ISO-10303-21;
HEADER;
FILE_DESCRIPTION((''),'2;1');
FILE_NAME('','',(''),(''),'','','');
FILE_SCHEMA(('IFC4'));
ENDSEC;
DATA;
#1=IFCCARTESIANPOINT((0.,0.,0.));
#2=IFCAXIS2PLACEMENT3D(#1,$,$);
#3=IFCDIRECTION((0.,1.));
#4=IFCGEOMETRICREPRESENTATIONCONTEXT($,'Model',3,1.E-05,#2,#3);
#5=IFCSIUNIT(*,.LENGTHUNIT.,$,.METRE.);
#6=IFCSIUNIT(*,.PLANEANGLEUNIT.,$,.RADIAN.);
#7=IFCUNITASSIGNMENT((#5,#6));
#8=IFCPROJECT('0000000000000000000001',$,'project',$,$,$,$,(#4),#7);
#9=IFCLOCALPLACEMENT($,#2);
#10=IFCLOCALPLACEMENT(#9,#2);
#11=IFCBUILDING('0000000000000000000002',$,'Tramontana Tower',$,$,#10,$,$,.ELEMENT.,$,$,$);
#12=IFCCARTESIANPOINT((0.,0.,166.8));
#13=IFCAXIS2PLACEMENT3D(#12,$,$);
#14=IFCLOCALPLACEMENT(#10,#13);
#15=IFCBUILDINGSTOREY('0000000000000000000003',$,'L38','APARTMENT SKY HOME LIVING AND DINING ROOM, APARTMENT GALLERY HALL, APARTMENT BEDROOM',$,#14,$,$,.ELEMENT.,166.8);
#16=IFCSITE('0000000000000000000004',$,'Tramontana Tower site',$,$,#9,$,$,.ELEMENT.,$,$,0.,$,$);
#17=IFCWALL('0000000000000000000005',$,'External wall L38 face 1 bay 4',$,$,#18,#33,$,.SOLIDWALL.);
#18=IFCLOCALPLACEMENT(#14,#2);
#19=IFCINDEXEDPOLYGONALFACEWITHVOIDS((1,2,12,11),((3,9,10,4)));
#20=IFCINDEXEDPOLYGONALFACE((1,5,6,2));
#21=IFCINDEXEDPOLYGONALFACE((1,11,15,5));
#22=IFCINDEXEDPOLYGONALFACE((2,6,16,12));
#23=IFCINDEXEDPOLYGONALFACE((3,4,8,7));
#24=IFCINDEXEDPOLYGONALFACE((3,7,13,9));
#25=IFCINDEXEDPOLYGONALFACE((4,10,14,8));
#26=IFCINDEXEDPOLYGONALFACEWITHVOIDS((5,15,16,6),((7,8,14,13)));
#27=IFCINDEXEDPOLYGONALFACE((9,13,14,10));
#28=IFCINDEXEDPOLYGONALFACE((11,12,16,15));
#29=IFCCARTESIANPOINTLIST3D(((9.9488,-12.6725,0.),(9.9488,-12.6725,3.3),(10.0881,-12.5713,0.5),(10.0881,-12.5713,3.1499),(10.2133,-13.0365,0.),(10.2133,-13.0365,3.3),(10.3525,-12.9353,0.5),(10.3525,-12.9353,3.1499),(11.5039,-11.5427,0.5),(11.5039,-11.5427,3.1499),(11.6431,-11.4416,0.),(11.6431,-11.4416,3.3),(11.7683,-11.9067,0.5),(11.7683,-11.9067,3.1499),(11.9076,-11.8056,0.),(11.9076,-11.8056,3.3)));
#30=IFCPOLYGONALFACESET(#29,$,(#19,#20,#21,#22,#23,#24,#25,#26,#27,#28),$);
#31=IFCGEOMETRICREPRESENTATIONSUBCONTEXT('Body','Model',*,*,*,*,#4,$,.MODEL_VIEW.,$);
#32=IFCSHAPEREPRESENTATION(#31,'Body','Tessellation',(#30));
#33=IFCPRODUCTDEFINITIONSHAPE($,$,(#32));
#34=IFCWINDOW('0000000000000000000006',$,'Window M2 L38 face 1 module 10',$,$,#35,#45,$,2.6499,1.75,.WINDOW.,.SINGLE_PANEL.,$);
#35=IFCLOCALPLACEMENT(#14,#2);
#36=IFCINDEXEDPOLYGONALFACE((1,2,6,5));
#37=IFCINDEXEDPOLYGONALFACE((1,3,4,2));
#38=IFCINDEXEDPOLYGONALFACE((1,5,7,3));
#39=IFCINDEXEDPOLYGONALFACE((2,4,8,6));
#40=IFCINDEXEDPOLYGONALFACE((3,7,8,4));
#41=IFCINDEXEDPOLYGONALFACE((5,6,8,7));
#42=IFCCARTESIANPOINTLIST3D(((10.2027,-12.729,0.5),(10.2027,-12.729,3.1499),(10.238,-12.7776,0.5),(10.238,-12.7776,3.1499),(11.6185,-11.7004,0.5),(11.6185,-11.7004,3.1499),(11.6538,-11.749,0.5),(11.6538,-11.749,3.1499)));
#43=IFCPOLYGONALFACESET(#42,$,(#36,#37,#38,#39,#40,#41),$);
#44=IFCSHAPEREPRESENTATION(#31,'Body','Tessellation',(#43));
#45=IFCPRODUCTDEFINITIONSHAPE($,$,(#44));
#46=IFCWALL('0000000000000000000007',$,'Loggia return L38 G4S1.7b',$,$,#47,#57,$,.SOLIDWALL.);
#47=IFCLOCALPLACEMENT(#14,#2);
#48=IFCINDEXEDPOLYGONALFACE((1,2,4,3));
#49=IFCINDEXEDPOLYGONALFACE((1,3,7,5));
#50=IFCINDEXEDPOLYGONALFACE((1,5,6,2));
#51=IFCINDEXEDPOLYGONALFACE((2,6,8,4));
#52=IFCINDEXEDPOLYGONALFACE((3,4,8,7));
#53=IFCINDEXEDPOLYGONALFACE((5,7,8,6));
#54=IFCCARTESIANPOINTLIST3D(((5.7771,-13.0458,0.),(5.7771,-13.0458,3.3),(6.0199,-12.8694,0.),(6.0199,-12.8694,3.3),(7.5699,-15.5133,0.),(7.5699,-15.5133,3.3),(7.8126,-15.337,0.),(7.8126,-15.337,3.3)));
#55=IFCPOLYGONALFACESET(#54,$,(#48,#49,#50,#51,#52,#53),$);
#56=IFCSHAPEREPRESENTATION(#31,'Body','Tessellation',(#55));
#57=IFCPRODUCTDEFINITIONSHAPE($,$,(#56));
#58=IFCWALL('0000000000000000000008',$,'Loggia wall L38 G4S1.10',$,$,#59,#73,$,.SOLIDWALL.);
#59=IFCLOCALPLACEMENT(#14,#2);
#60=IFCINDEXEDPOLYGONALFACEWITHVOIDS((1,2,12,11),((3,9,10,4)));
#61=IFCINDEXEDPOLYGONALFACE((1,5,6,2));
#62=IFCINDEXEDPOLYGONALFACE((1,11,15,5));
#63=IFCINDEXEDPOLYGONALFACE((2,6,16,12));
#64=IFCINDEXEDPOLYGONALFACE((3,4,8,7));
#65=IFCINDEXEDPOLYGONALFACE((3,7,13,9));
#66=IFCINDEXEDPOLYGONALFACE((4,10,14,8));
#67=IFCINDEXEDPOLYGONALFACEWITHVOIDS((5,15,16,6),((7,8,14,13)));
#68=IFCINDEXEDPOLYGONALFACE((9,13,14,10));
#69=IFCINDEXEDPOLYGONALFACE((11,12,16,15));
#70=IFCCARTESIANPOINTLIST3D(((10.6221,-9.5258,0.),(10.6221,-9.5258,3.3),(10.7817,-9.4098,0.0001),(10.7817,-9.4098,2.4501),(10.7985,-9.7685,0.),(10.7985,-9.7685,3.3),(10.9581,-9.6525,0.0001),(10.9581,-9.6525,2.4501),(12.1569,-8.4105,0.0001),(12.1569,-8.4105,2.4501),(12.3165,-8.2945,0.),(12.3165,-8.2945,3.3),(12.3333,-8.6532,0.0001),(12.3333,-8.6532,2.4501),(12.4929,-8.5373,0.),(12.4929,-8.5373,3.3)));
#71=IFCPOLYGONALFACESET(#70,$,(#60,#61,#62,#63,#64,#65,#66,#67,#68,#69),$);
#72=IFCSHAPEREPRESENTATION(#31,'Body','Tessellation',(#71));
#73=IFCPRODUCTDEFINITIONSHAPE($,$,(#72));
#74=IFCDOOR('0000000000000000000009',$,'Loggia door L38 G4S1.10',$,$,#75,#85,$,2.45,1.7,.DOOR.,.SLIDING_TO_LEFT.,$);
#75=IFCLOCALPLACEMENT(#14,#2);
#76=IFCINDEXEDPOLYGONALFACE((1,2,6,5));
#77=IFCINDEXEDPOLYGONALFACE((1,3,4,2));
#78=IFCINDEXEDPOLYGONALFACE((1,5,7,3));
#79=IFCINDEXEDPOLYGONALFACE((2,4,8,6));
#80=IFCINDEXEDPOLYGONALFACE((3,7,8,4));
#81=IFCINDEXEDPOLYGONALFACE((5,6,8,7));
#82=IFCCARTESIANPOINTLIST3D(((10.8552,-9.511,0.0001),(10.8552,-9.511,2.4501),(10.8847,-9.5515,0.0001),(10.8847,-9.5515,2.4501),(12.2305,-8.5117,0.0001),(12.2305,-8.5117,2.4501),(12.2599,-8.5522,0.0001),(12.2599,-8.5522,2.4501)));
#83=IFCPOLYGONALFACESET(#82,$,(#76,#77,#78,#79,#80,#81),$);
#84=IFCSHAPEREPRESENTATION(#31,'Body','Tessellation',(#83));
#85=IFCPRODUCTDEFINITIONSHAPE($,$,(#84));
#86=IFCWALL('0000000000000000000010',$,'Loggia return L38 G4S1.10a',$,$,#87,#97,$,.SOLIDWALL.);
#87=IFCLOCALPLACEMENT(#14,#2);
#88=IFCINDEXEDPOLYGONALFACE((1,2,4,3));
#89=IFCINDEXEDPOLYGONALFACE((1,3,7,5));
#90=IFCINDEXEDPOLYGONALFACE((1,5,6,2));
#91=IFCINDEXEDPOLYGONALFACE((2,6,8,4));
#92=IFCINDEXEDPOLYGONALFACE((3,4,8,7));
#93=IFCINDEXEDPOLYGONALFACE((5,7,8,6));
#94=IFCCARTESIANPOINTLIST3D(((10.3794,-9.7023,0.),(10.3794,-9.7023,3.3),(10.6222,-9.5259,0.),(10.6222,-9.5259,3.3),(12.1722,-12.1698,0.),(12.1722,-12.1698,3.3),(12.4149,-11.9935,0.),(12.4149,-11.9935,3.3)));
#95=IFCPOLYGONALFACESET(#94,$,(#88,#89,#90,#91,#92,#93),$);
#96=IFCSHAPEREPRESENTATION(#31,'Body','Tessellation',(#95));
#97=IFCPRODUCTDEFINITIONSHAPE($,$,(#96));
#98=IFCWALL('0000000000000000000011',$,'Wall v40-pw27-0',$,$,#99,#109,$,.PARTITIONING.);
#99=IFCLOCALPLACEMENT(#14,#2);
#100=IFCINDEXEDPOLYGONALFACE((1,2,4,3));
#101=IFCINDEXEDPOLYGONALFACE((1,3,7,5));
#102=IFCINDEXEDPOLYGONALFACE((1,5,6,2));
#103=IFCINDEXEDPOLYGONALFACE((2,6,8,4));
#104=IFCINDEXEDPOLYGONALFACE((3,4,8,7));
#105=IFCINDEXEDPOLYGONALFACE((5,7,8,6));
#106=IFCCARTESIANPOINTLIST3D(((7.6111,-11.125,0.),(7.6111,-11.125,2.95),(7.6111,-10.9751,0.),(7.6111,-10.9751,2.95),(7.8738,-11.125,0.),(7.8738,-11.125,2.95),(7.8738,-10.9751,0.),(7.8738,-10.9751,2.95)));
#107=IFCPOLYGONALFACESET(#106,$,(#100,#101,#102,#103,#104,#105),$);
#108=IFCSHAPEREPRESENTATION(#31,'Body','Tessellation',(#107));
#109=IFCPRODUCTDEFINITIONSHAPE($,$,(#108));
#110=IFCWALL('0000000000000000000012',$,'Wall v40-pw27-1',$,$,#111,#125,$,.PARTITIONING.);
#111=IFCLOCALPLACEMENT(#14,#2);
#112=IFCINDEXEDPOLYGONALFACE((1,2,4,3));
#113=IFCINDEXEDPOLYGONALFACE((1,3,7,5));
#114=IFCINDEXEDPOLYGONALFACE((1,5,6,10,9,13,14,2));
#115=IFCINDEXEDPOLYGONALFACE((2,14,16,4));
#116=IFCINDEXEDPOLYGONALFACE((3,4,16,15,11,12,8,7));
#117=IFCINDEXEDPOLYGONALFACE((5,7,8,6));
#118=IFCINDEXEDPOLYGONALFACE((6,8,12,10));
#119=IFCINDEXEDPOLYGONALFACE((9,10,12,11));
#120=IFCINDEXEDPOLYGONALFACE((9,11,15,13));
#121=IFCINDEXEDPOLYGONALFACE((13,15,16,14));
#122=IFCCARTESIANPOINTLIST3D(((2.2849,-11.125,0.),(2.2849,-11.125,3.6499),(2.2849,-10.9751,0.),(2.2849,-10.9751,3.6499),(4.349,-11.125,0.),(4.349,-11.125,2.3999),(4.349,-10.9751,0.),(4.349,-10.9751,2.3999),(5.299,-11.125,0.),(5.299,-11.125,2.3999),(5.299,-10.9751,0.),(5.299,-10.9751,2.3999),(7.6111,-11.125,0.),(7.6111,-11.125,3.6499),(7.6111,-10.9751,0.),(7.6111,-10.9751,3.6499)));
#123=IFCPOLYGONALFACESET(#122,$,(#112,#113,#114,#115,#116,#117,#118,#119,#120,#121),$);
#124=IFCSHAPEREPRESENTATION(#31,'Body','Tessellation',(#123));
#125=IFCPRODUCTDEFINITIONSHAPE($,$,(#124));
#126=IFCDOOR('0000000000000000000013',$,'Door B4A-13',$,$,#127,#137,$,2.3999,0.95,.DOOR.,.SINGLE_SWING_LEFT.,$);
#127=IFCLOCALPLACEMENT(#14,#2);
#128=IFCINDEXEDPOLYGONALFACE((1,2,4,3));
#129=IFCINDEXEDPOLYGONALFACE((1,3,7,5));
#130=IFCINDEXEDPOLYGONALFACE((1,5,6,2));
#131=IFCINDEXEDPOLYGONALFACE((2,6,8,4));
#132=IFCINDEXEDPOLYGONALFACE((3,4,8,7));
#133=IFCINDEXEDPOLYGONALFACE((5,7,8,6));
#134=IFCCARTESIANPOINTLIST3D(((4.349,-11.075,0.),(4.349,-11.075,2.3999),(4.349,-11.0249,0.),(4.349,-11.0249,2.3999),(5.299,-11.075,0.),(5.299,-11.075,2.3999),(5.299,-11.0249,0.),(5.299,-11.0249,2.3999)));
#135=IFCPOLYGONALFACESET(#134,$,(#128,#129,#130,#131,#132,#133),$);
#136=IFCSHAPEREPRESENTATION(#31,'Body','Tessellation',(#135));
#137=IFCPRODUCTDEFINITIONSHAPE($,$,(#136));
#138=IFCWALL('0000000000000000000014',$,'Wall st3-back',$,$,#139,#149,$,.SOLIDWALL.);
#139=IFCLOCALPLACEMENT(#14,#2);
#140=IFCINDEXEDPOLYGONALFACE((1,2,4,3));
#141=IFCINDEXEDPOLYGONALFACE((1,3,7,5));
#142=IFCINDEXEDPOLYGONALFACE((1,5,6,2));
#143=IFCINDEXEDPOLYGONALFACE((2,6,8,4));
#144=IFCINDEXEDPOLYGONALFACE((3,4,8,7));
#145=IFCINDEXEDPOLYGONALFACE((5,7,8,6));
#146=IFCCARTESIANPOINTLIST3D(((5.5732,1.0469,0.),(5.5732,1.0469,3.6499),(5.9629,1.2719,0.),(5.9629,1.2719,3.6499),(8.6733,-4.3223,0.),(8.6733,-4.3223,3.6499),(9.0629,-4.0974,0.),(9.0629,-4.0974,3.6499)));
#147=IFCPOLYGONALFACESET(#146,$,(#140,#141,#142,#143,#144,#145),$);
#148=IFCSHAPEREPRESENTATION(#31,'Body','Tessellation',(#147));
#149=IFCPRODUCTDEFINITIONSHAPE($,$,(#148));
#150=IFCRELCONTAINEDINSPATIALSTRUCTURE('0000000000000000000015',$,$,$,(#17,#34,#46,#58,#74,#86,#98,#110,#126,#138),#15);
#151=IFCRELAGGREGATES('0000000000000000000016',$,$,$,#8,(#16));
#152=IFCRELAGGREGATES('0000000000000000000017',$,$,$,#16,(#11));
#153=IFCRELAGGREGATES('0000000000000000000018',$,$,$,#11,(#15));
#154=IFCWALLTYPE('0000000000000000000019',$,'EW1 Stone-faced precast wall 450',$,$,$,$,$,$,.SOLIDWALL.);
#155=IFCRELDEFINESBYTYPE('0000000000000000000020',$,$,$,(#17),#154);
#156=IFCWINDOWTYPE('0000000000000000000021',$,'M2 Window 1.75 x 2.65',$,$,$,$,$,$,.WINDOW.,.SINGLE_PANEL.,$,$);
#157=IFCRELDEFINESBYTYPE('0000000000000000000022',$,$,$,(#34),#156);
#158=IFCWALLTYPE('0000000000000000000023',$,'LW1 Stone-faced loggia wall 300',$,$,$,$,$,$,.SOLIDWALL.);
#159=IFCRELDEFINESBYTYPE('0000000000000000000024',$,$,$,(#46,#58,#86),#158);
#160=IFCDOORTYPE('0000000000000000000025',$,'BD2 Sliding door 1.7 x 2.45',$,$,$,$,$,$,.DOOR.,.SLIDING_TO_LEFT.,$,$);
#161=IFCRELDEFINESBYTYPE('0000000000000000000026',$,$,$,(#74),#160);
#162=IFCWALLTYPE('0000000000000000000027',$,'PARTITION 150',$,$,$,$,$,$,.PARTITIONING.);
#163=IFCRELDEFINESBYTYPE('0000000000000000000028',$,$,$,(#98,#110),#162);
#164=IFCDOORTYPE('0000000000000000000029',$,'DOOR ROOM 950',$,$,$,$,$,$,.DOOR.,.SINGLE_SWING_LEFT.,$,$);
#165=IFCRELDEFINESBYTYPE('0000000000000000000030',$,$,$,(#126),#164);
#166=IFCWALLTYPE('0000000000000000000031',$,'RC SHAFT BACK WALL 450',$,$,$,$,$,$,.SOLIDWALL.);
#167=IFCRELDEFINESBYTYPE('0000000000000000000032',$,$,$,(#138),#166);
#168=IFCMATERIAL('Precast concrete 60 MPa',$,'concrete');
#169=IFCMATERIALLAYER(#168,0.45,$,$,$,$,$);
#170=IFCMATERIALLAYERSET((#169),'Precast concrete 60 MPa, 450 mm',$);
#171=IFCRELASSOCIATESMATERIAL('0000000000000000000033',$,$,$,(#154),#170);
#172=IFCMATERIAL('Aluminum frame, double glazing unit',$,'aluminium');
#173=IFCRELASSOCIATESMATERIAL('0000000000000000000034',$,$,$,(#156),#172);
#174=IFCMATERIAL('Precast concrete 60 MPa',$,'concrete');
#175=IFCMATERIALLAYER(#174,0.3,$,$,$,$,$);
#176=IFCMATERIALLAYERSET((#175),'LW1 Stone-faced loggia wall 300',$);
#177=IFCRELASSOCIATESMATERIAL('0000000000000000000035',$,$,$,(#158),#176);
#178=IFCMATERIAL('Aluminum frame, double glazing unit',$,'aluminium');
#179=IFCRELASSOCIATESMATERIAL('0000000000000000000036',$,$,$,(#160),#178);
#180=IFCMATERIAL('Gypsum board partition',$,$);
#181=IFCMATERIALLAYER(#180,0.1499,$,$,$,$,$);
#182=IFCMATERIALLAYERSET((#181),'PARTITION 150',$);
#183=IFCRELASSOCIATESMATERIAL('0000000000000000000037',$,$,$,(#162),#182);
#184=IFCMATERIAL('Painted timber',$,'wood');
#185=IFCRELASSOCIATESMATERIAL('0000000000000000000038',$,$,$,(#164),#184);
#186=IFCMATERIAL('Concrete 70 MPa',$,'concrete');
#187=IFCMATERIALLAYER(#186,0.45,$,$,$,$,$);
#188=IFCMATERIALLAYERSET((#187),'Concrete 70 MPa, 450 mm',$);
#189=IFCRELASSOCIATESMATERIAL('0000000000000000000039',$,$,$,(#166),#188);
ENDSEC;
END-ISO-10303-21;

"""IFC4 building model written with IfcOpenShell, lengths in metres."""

from ifc_helpers import new_model, si_unit, direction, frame, frame_2d, origin, place, context, subcontext, project, spatial, rectangle, extrude, material, layer, layer_set, type_object, element, fill, save


model = new_model("IFC4")

# Units and contexts
model_context = context("Model", 3, precision=1e-05, world=origin(), true_north=direction((0.0, 1.0)))
body_context = subcontext(model_context, "Body", "Model", "MODEL_VIEW")
ifc_project = project(units=[si_unit("LENGTHUNIT", "METRE"), si_unit("PLANEANGLEUNIT", "RADIAN")], contexts=[model_context])

# Site, building, storey
site_placement = place(None, origin())
site = spatial("IfcSite", under=ifc_project, at=site_placement, Name="Tramontana Tower site", CompositionType="ELEMENT", RefElevation=0.0)
building_placement = place(site_placement, origin())
building = spatial("IfcBuilding", under=site, at=building_placement, Name="Tramontana Tower", CompositionType="ELEMENT")
storey_placement = place(building_placement, frame((0.0, 0.0, 166.8)))
storey = spatial("IfcBuildingStorey", under=building, at=storey_placement, Name="L38", Description="APARTMENT SKY HOME LIVING AND DINING ROOM, APARTMENT GALLERY HALL, APARTMENT BEDROOM", CompositionType="ELEMENT", Elevation=166.8)

# Wall, opening, window
ifc_material_1 = material(Name="Precast concrete 60 MPa", Category="concrete")
ifc_layer_1 = layer(ifc_material_1, 0.45)
ifc_layer_set_1 = layer_set([ifc_layer_1], Name="Precast concrete 60 MPa, 450 mm")
wall_type_1 = type_object("IfcWallType", Name="EW1 Stone-faced precast wall 450", PredefinedType="SOLIDWALL", material=ifc_layer_set_1)
wall_1_placement = place(storey_placement, frame((10.0811, -12.8545, 0.0), z_axis=(0.0, 0.0, 1.0), x_axis=(0.809028, 0.58777, 0.0)))
wall_1 = element("IfcWall", 1, at=wall_1_placement, inside=storey, type_object=wall_type_1, Name="External wall L38 face 1 bay 4", PredefinedType="SOLIDWALL", context=body_context, shape_type="SweptSolid", body=[
    extrude(rectangle(XDim=2.0942, YDim=0.45, at=frame_2d((1.0471, 0.0))), origin(), (0.0, 0.0, 1.0), 3.3),
])
opening_1_placement = place(wall_1_placement, frame((0.1721, 0.0, 0.5)))
opening_1 = element("IfcOpeningElement", 2, at=opening_1_placement, cuts=wall_1, PredefinedType="OPENING", context=body_context, shape_type="SweptSolid", body=[
    extrude(rectangle(XDim=1.75, YDim=2.6499, at=frame_2d((0.875, 1.325))), frame((0.0, 0.2349, 0.0), z_axis=(0.0, -1.0, 0.0), x_axis=(1.0, 0.0, 0.0)), (0.0, 0.0, 1.0), 0.47),
])
ifc_material_2 = material(Name="Aluminum frame, double glazing unit", Category="aluminium")
window_type = type_object("IfcWindowType", Name="M2 Window 1.75 x 2.65", PartitioningType="SINGLE_PANEL", PredefinedType="WINDOW", material=ifc_material_2)
window_placement = place(opening_1_placement, origin())
window = element("IfcWindow", 3, at=window_placement, inside=storey, type_object=window_type, Name="Window M2 L38 face 1 module 10", OverallHeight=2.6499, OverallWidth=1.75, PartitioningType="SINGLE_PANEL", PredefinedType="WINDOW", context=body_context, shape_type="SweptSolid", body=[
    extrude(rectangle(XDim=1.75, YDim=2.6499, at=frame_2d((0.875, 1.325))), frame((0.0, 0.03, 0.0), z_axis=(0.0, -1.0, 0.0), x_axis=(1.0, 0.0, 0.0)), (0.0, 0.0, 1.0), 0.0601),
])
fill(opening_1, window)

# Wall
ifc_material_3 = material(Name="Precast concrete 60 MPa", Category="concrete")
ifc_layer_2 = layer(ifc_material_3, 0.3)
ifc_layer_set_2 = layer_set([ifc_layer_2], Name="LW1 Stone-faced loggia wall 300")
wall_type_2 = type_object("IfcWallType", Name="LW1 Stone-faced loggia wall 300", PredefinedType="SOLIDWALL", material=ifc_layer_set_2)
wall_2_placement = place(storey_placement, frame((7.6912, -15.425, 0.0), z_axis=(0.0, 0.0, 1.0), x_axis=(-0.587777, 0.809023, 0.0)))
element("IfcWall", 4, at=wall_2_placement, inside=storey, type_object=wall_type_2, Name="Loggia return L38 G4S1.7b", PredefinedType="SOLIDWALL", context=body_context, shape_type="SweptSolid", body=[
    extrude(rectangle(XDim=3.05, YDim=0.3, at=frame_2d((1.5249, 0.0))), origin(), (0.0, 0.0, 1.0), 3.3),
])

# Wall, opening, door
wall_3_placement = place(storey_placement, frame((10.7102, -9.6472, 0.0), z_axis=(0.0, 0.0, 1.0), x_axis=(0.808973, 0.587846, 0.0)))
wall_3 = element("IfcWall", 5, at=wall_3_placement, inside=storey, type_object=wall_type_2, Name="Loggia wall L38 G4S1.10", PredefinedType="SOLIDWALL", context=body_context, shape_type="SweptSolid", body=[
    extrude(rectangle(XDim=2.0945, YDim=0.3, at=frame_2d((1.0474, 0.0))), origin(), (0.0, 0.0, 1.0), 3.3),
])
opening_2_placement = place(wall_3_placement, frame((0.1973, 0.0, 0.0)))
opening_2 = element("IfcOpeningElement", 6, at=opening_2_placement, cuts=wall_3, PredefinedType="OPENING", context=body_context, shape_type="SweptSolid", body=[
    extrude(rectangle(XDim=1.7, YDim=2.45, at=frame_2d((0.8501, 1.2251))), frame((0.0, 0.1599, 0.0), z_axis=(0.0, -1.0, 0.0), x_axis=(1.0, 0.0, 0.0)), (0.0, 0.0, 1.0), 0.3201),
])
ifc_material_4 = material(Name="Aluminum frame, double glazing unit", Category="aluminium")
door_type_1 = type_object("IfcDoorType", Name="BD2 Sliding door 1.7 x 2.45", OperationType="SLIDING_TO_LEFT", PredefinedType="DOOR", material=ifc_material_4)
door_1_placement = place(opening_2_placement, origin())
door_1 = element("IfcDoor", 7, at=door_1_placement, inside=storey, type_object=door_type_1, Name="Loggia door L38 G4S1.10", OperationType="SLIDING_TO_LEFT", OverallHeight=2.45, OverallWidth=1.7, PredefinedType="DOOR", context=body_context, shape_type="SweptSolid", body=[
    extrude(rectangle(XDim=1.7, YDim=2.45, at=frame_2d((0.8501, 1.2251))), frame((0.0, 0.0249, 0.0), z_axis=(0.0, -1.0, 0.0), x_axis=(1.0, 0.0, 0.0)), (0.0, 0.0, 1.0), 0.05),
])
fill(opening_2, door_1)

# Walls
wall_4_placement = place(storey_placement, frame((12.2935, -12.0815, 0.0), z_axis=(0.0, 0.0, 1.0), x_axis=(-0.587777, 0.809023, 0.0)))
element("IfcWall", 8, at=wall_4_placement, inside=storey, type_object=wall_type_2, Name="Loggia return L38 G4S1.10a", PredefinedType="SOLIDWALL", context=body_context, shape_type="SweptSolid", body=[
    extrude(rectangle(XDim=3.05, YDim=0.3, at=frame_2d((1.5249, 0.0))), origin(), (0.0, 0.0, 1.0), 3.3),
])
ifc_material_5 = material(Name="Gypsum board partition")
ifc_layer_3 = layer(ifc_material_5, 0.1499)
ifc_layer_set_3 = layer_set([ifc_layer_3], Name="PARTITION 150")
wall_type_3 = type_object("IfcWallType", Name="PARTITION 150", PredefinedType="PARTITIONING", material=ifc_layer_set_3)
wall_5_placement = place(storey_placement, frame((7.8738, -11.05, 0.0), z_axis=(0.0, 0.0, 1.0), x_axis=(-1.0, 0.0, 0.0)))
element("IfcWall", 9, at=wall_5_placement, inside=storey, type_object=wall_type_3, Name="Wall v40-pw27-0", PredefinedType="PARTITIONING", context=body_context, shape_type="SweptSolid", body=[
    extrude(rectangle(XDim=0.2627, YDim=0.1499, at=frame_2d((0.1313, 0.0))), origin(), (0.0, 0.0, 1.0), 2.95),
])

# Wall, opening, door
wall_6_placement = place(storey_placement, frame((7.6111, -11.05, 0.0), z_axis=(0.0, 0.0, 1.0), x_axis=(-1.0, 0.0, 0.0)))
wall_6 = element("IfcWall", 10, at=wall_6_placement, inside=storey, type_object=wall_type_3, Name="Wall v40-pw27-1", PredefinedType="PARTITIONING", context=body_context, shape_type="SweptSolid", body=[
    extrude(rectangle(XDim=5.3262, YDim=0.1499, at=frame_2d((2.6631, 0.0))), origin(), (0.0, 0.0, 1.0), 3.6499),
])
opening_3_placement = place(wall_6_placement, frame((2.312, 0.0, 0.0)))
opening_3 = element("IfcOpeningElement", 11, at=opening_3_placement, cuts=wall_6, PredefinedType="OPENING", context=body_context, shape_type="SweptSolid", body=[
    extrude(rectangle(XDim=0.95, YDim=2.3999, at=frame_2d((0.4751, 1.2))), frame((0.0, 0.085, 0.0), z_axis=(0.0, -1.0, 0.0), x_axis=(1.0, 0.0, 0.0)), (0.0, 0.0, 1.0), 0.1699),
])
ifc_material_6 = material(Name="Painted timber", Category="wood")
door_type_2 = type_object("IfcDoorType", Name="DOOR ROOM 950", OperationType="SINGLE_SWING_LEFT", PredefinedType="DOOR", material=ifc_material_6)
door_2_placement = place(opening_3_placement, origin())
door_2 = element("IfcDoor", 12, at=door_2_placement, inside=storey, type_object=door_type_2, Name="Door B4A-13", OperationType="SINGLE_SWING_LEFT", OverallHeight=2.3999, OverallWidth=0.95, PredefinedType="DOOR", context=body_context, shape_type="SweptSolid", body=[
    extrude(rectangle(XDim=0.95, YDim=2.3999, at=frame_2d((0.4751, 1.2))), frame((0.0, 0.0249, 0.0), z_axis=(0.0, -1.0, 0.0), x_axis=(1.0, 0.0, 0.0)), (0.0, 0.0, 1.0), 0.05),
])
fill(opening_3, door_2)

# Wall
ifc_material_7 = material(Name="Concrete 70 MPa", Category="concrete")
ifc_layer_4 = layer(ifc_material_7, 0.45)
ifc_layer_set_4 = layer_set([ifc_layer_4], Name="Concrete 70 MPa, 450 mm")
wall_type_4 = type_object("IfcWallType", Name="RC SHAFT BACK WALL 450", PredefinedType="SOLIDWALL", material=ifc_layer_set_4)
wall_7_placement = place(storey_placement, frame((8.8682, -4.21, 0.0), z_axis=(0.0, 0.0, 1.0), x_axis=(-0.50001, 0.86602, 0.0)))
element("IfcWall", 13, at=wall_7_placement, inside=storey, type_object=wall_type_4, Name="Wall st3-back", PredefinedType="SOLIDWALL", context=body_context, shape_type="SweptSolid", body=[
    extrude(rectangle(XDim=6.2, YDim=0.45, at=frame_2d((3.1001, 0.0))), origin(), (0.0, 0.0, 1.0), 3.6499),
])

save(model, "model.ifc")
